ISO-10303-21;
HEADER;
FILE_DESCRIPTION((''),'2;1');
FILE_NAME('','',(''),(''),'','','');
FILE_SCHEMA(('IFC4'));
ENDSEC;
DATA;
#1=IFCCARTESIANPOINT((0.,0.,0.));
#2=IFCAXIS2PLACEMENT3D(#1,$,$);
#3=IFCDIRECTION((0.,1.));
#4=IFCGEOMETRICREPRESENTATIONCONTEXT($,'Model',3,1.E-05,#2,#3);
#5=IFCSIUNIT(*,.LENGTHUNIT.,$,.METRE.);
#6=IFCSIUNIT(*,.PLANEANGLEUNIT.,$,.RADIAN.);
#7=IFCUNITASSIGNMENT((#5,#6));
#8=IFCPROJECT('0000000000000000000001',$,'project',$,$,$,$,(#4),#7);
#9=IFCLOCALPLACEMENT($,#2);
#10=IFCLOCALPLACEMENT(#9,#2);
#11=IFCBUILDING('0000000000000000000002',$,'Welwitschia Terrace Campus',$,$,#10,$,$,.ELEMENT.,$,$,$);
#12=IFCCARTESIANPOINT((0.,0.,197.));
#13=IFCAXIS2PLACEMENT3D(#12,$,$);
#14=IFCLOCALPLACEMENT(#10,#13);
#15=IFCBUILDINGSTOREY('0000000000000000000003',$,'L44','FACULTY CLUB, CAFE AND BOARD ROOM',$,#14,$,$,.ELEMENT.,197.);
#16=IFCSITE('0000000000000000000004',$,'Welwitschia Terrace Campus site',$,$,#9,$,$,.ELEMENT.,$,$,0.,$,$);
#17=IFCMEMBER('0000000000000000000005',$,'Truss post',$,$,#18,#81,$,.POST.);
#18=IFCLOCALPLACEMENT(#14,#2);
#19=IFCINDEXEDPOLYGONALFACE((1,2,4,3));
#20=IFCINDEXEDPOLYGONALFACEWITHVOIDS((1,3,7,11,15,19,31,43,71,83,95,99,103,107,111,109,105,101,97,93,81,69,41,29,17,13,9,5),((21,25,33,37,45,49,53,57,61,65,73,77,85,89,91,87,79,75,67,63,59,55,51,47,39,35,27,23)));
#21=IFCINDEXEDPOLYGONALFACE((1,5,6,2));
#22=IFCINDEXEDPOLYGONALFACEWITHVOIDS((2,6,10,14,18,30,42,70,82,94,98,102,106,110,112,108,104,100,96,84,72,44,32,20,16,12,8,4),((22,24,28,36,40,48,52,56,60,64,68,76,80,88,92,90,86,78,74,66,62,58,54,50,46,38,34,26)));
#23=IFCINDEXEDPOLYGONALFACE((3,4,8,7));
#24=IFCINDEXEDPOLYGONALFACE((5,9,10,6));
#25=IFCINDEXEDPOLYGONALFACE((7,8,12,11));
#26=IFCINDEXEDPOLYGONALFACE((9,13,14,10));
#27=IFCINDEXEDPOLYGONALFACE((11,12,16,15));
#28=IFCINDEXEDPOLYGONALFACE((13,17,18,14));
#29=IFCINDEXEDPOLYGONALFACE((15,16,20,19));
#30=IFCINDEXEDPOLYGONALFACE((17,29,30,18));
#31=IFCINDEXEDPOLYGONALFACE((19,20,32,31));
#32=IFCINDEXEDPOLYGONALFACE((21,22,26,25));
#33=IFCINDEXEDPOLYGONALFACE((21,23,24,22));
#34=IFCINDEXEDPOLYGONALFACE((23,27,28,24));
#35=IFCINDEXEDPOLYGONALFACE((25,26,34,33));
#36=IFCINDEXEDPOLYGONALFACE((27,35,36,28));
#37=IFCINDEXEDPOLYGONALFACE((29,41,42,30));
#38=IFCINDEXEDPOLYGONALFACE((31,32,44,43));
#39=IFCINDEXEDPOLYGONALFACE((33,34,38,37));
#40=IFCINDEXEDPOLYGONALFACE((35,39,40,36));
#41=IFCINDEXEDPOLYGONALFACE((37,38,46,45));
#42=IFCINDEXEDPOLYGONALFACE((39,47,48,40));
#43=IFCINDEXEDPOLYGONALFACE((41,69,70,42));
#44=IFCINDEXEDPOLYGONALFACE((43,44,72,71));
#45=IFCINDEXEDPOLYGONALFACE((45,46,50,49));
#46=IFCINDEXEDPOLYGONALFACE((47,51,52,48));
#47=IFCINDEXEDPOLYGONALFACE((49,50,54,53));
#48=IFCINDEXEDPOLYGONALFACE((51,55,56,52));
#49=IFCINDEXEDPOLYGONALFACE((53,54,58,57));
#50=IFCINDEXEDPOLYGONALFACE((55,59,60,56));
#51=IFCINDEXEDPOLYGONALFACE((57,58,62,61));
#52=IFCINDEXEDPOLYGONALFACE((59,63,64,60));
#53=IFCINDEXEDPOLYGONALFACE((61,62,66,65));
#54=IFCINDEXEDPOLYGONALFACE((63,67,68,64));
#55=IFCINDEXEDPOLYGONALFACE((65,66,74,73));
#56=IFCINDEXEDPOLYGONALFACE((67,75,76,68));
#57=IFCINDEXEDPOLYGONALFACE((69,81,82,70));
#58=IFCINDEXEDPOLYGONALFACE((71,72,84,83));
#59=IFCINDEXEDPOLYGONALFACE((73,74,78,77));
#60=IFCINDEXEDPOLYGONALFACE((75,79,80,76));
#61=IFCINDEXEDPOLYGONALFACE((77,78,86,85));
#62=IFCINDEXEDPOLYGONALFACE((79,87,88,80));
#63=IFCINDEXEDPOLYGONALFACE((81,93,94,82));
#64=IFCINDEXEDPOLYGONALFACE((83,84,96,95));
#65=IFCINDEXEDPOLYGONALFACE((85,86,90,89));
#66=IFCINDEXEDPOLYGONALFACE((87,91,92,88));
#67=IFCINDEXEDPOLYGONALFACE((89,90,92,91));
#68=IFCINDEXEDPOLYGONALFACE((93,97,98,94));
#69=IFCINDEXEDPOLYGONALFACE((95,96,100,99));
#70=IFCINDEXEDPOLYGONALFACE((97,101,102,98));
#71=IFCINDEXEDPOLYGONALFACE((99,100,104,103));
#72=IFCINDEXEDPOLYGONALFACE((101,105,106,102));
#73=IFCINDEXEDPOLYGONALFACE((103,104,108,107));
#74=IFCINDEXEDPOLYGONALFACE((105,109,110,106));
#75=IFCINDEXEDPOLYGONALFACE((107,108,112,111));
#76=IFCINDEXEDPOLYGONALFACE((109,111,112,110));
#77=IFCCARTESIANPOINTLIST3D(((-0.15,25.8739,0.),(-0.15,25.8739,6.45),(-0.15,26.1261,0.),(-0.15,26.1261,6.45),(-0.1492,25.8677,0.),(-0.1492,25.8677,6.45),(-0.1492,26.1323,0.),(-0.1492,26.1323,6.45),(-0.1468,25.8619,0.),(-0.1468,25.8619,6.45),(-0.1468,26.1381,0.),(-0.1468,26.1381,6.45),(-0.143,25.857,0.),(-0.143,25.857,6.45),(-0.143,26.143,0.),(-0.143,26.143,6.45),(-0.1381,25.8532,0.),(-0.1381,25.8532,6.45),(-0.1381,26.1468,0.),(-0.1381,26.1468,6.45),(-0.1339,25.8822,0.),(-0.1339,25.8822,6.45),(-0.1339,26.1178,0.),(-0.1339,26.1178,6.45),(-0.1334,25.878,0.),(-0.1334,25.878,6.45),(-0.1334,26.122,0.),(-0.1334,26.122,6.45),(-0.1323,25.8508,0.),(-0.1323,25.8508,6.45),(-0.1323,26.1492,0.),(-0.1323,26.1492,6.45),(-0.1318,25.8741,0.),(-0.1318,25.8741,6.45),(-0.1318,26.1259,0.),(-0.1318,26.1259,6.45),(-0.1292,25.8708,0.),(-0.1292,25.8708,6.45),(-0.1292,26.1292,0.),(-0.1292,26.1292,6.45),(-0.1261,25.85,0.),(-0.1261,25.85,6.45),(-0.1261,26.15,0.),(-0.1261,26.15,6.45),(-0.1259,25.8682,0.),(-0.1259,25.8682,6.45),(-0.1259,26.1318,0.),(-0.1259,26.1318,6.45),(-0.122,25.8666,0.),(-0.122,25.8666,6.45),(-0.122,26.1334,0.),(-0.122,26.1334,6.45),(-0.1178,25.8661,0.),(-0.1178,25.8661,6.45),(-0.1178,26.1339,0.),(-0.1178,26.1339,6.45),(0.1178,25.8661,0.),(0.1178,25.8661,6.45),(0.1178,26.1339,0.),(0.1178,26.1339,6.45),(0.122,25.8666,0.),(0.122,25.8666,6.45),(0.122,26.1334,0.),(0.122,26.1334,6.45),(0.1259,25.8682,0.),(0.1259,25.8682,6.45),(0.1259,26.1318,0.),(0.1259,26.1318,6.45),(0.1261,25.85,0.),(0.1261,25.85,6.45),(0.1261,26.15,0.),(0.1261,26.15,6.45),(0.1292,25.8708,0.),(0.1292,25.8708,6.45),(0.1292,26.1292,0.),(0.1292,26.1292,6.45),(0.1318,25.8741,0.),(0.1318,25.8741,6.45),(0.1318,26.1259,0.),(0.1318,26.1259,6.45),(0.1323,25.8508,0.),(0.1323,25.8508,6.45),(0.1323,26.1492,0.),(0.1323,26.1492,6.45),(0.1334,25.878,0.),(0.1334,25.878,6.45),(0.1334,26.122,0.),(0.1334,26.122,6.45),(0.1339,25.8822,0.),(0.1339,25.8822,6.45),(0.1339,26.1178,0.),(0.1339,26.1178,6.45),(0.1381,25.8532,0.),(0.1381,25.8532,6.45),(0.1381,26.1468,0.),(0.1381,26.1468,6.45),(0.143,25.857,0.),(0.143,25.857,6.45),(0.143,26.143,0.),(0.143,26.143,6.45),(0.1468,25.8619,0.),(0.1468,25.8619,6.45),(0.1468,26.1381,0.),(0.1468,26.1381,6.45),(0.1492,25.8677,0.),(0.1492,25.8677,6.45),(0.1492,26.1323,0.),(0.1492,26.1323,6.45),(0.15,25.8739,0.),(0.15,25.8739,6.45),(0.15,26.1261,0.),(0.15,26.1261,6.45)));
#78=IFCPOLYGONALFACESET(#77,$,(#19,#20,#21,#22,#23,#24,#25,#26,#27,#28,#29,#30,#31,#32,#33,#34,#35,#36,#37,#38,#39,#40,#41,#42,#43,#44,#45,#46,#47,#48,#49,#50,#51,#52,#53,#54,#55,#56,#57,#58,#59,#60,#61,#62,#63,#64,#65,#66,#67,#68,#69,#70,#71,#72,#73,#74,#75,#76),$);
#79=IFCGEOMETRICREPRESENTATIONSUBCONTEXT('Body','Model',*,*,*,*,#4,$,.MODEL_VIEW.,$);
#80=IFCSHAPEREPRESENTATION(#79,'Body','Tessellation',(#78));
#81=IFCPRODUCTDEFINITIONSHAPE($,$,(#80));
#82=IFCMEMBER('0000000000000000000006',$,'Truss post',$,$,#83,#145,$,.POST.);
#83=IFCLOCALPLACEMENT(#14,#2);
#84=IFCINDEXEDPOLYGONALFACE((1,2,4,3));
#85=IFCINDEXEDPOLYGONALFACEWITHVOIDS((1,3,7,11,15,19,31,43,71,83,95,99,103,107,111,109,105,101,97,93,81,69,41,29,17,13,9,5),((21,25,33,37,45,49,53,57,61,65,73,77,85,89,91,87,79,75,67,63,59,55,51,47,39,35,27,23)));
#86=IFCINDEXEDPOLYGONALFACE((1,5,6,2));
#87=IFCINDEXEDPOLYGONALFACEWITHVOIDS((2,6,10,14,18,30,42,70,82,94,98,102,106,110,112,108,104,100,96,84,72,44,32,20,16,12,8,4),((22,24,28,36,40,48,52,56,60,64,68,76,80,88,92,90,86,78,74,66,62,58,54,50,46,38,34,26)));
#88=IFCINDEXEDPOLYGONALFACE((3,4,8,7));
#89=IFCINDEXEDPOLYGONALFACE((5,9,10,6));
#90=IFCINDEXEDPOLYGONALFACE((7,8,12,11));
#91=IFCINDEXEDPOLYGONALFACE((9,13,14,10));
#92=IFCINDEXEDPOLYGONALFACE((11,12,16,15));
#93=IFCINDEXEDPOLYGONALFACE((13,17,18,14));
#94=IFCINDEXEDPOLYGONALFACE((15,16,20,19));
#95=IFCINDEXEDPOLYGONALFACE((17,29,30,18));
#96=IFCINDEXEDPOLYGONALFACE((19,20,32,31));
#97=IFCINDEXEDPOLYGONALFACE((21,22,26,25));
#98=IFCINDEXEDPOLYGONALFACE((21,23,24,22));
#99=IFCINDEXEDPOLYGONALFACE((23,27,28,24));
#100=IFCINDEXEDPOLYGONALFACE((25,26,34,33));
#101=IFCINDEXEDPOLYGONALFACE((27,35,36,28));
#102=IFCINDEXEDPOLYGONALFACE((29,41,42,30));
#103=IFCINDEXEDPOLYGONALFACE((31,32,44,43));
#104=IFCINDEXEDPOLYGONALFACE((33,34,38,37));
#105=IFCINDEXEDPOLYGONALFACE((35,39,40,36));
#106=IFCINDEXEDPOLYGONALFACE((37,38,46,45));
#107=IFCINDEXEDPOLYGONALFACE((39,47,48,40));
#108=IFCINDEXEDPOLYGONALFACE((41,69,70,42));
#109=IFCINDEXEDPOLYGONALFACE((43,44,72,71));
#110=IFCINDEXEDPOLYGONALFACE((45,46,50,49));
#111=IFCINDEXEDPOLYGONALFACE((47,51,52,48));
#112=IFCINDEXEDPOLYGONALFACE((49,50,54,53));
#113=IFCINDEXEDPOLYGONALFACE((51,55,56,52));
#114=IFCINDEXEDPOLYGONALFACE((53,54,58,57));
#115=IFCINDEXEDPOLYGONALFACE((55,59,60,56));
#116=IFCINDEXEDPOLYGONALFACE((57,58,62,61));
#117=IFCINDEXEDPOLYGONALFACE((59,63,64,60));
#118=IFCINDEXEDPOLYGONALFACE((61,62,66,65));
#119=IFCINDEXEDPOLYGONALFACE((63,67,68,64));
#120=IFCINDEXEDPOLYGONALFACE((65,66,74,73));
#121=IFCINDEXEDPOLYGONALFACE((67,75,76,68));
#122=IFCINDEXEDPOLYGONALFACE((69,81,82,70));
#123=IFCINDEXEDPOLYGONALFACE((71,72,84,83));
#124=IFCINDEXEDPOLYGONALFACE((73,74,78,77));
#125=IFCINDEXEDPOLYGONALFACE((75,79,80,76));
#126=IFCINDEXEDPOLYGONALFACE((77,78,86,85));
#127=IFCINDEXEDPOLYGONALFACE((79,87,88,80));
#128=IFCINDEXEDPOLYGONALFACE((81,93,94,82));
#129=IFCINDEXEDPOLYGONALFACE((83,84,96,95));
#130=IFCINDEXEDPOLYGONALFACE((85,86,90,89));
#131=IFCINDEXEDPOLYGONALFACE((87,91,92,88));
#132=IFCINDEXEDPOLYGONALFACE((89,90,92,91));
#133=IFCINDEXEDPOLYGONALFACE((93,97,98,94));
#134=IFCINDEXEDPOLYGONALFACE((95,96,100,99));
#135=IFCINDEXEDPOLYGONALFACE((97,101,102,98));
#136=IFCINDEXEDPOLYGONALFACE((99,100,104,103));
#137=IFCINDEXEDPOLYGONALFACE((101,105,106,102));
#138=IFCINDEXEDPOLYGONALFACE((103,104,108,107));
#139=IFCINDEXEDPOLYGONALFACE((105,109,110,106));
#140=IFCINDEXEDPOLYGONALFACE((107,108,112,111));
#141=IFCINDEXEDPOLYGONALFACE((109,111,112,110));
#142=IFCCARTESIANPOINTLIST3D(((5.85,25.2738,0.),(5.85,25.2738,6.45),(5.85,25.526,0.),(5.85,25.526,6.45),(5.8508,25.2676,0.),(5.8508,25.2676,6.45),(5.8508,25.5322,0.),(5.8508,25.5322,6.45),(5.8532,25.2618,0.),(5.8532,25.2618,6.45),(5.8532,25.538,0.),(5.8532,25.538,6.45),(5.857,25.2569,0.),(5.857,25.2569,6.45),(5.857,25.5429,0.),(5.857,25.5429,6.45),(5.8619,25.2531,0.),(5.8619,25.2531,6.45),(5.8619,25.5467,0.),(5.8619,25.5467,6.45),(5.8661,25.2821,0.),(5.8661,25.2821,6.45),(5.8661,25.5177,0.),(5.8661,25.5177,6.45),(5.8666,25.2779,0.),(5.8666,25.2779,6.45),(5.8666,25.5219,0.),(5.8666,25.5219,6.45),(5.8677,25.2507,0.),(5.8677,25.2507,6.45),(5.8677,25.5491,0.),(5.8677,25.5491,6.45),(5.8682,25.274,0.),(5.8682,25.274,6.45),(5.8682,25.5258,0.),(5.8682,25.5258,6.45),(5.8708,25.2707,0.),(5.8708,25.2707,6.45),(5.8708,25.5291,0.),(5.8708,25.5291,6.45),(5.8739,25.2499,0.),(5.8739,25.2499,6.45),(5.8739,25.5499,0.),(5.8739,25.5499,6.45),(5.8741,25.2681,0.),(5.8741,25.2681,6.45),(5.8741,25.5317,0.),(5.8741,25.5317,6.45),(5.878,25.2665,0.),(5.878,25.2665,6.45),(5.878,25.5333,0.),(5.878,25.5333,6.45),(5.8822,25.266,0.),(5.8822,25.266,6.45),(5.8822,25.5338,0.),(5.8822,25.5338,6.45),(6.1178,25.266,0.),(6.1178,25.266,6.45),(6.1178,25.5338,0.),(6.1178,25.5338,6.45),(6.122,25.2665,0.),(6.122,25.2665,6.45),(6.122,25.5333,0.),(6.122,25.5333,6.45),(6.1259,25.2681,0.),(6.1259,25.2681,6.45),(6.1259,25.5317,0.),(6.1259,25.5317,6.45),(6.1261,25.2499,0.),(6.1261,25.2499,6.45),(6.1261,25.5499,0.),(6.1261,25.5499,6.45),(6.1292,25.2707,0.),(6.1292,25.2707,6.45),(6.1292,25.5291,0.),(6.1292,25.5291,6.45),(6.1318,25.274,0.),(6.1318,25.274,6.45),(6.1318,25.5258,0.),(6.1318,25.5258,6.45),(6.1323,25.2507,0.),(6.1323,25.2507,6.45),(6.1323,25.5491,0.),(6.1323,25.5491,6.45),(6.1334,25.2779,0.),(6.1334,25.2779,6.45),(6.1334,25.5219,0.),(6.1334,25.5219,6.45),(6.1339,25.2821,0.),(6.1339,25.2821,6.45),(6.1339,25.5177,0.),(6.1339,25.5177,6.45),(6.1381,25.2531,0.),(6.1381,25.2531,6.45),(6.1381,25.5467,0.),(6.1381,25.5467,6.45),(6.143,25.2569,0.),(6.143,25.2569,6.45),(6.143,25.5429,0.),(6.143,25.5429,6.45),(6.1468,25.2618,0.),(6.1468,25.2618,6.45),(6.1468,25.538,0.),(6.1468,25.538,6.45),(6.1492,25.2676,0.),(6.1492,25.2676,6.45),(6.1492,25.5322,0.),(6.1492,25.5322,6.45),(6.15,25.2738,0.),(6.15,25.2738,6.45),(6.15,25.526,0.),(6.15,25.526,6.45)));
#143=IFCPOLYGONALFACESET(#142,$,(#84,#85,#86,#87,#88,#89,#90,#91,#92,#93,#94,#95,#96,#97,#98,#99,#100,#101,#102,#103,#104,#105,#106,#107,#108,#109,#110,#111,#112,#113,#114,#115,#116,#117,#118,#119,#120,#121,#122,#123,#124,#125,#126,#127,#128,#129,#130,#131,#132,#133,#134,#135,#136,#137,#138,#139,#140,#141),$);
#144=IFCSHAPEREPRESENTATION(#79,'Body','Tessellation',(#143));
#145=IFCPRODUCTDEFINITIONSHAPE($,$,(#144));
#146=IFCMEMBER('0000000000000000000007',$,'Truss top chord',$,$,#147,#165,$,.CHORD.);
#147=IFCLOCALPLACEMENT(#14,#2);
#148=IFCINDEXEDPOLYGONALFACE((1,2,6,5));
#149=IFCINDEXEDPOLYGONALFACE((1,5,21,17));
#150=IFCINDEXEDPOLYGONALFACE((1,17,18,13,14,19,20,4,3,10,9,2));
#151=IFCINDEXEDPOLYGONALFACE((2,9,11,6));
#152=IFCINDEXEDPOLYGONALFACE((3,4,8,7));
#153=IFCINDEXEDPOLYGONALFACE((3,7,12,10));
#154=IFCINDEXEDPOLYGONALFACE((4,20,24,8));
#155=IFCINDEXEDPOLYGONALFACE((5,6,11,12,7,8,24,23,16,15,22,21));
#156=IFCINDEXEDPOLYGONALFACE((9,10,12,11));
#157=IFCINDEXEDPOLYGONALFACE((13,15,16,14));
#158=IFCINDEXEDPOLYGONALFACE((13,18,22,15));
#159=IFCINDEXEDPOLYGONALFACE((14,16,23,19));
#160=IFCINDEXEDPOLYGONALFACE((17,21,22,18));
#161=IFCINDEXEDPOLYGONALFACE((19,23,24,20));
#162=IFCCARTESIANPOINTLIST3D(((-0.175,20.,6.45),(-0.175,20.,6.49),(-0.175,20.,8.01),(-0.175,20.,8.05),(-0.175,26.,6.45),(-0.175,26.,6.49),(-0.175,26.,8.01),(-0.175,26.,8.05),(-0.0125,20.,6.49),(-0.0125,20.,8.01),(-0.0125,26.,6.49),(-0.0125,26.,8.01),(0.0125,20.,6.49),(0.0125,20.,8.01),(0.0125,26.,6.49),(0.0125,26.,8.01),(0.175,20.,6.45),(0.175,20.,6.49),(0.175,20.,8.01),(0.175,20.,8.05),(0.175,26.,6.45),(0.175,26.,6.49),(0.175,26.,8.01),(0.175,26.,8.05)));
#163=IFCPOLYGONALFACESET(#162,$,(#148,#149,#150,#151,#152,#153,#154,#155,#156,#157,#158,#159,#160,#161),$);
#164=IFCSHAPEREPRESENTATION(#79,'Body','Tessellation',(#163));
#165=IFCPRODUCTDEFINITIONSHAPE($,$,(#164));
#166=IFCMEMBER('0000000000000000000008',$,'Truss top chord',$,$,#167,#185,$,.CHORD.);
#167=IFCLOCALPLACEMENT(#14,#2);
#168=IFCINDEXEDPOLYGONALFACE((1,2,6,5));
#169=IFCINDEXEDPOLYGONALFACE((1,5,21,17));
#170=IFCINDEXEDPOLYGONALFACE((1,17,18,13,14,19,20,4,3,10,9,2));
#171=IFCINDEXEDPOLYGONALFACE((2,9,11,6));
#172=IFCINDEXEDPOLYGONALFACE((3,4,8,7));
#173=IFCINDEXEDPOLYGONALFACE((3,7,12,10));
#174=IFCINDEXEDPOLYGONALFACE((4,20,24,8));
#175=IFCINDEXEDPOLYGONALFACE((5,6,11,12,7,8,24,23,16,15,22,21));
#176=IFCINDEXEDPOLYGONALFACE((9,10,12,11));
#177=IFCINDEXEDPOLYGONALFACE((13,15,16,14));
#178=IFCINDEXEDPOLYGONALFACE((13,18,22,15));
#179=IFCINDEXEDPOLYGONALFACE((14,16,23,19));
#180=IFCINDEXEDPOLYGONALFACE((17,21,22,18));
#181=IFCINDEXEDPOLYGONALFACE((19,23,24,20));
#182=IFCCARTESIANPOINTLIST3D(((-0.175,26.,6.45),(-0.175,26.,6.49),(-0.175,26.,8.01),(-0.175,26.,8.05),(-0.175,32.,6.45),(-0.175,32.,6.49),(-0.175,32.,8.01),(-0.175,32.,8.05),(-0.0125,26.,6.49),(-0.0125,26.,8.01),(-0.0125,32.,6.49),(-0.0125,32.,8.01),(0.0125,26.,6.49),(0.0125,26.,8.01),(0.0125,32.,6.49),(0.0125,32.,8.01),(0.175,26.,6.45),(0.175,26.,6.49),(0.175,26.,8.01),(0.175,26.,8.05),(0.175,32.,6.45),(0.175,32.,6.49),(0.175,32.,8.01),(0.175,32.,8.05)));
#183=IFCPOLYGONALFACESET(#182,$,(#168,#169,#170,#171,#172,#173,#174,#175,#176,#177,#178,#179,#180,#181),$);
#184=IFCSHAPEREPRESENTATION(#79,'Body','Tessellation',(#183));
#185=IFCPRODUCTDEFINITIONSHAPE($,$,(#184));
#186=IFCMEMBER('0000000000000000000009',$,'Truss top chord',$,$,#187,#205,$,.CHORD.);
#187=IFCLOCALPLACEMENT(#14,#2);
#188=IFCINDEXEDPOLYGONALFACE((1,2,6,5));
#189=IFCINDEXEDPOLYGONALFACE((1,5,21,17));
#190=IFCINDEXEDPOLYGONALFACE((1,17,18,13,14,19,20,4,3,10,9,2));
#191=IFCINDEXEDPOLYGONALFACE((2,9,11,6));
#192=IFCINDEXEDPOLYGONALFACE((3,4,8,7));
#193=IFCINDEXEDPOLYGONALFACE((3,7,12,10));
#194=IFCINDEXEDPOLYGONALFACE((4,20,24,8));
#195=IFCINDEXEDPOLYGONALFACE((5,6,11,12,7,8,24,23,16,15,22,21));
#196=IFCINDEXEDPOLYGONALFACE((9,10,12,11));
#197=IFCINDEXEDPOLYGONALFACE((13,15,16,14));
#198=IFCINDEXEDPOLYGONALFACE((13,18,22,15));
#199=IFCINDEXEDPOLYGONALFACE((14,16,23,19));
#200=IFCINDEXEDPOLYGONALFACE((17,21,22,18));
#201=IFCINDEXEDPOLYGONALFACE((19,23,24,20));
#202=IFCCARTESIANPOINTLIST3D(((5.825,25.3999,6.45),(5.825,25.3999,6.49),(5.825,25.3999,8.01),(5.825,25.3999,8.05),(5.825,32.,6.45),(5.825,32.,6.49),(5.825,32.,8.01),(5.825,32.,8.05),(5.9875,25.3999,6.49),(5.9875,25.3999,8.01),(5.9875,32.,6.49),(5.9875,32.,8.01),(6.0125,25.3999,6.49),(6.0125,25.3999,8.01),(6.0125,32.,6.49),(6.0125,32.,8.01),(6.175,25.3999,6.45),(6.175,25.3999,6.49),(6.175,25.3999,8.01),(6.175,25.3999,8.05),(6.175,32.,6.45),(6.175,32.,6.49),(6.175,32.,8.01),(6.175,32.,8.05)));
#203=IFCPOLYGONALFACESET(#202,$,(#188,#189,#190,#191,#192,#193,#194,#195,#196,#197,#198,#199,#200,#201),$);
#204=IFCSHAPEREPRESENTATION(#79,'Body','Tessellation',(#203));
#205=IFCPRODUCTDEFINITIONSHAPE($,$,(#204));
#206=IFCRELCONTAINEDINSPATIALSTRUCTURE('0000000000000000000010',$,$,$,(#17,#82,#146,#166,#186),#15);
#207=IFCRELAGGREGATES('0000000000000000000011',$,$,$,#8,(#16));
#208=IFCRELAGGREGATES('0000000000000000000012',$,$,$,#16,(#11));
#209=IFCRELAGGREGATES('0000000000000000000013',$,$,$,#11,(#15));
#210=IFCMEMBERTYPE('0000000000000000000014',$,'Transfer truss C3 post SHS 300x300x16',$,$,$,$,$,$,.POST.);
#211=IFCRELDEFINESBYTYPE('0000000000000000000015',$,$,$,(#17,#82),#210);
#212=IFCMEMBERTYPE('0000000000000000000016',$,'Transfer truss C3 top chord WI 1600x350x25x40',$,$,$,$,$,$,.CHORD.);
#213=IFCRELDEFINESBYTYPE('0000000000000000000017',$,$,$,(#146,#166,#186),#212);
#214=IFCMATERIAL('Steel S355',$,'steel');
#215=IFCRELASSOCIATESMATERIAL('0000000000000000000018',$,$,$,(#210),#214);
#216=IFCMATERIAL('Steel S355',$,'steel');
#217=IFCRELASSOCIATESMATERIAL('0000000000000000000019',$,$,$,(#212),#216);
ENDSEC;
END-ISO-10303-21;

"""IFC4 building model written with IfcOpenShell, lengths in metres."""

from ifc_helpers import new_model, si_unit, direction, frame, origin, origin_2d, place, context, subcontext, project, spatial, hollow_rectangle, i_section, extrude, material, material_profile, profile_set, type_object, element, save


model = new_model("IFC4")

# Units and contexts
model_context = context("Model", 3, precision=1e-05, world=origin(), true_north=direction((0.0, 1.0)))
body_context = subcontext(model_context, "Body", "Model", "MODEL_VIEW")
ifc_project = project(units=[si_unit("LENGTHUNIT", "METRE"), si_unit("PLANEANGLEUNIT", "RADIAN")], contexts=[model_context])

# Site, building, storey
site_placement = place(None, origin())
site = spatial("IfcSite", under=ifc_project, at=site_placement, Name="Welwitschia Terrace Campus site", CompositionType="ELEMENT", RefElevation=0.0)
building_placement = place(site_placement, origin())
building = spatial("IfcBuilding", under=site, at=building_placement, Name="Welwitschia Terrace Campus", CompositionType="ELEMENT")
storey_placement = place(building_placement, frame((0.0, 0.0, 197.0)))
storey = spatial("IfcBuildingStorey", under=building, at=storey_placement, Name="L44", Description="FACULTY CLUB, CAFE AND BOARD ROOM", CompositionType="ELEMENT", Elevation=197.0)

# Members
ifc_material_1 = material(Name="Steel S355", Category="steel")
ifc_material_profile_1 = material_profile(ifc_material_1, hollow_rectangle(XDim=0.3, YDim=0.3, WallThickness=0.0161, InnerFilletRadius=0.0161, OuterFilletRadius=0.0239, at=origin_2d()))
ifc_profile_set_1 = profile_set([ifc_material_profile_1], Name="Steel S355")
member_type_1 = type_object("IfcMemberType", Name="Transfer truss C3 post SHS 300x300x16", PredefinedType="POST", material=ifc_profile_set_1)
for number, where, z_axis, x_axis, name in (
    (1, (0.0, 26.0, 0.0), (0.0, 0.0, 1.0), (1.0, 0.0, 0.0), "Truss post"),
    (2, (6.0, 25.3999, 0.0), (0.0, 0.0, 1.0), (1.0, 0.0, 0.0), "Truss post"),
):
    element("IfcMember", number, at=place(storey_placement, frame(where, z_axis=z_axis, x_axis=x_axis)), inside=storey, type_object=member_type_1, Name=name, PredefinedType="POST", context=body_context, shape_type="SweptSolid", body=[
        extrude(hollow_rectangle(XDim=0.3, YDim=0.3, WallThickness=0.0161, InnerFilletRadius=0.0161, OuterFilletRadius=0.0239, at=origin_2d()), origin(), (0.0, 0.0, 1.0), 6.45),
    ])
ifc_material_2 = material(Name="Steel S355", Category="steel")
ifc_material_profile_2 = material_profile(ifc_material_2, i_section(OverallWidth=0.3501, OverallDepth=1.6001, WebThickness=0.0249, FlangeThickness=0.04, at=origin_2d()))
ifc_profile_set_2 = profile_set([ifc_material_profile_2], Name="Steel S355")
member_type_2 = type_object("IfcMemberType", Name="Transfer truss C3 top chord WI 1600x350x25x40", PredefinedType="CHORD", material=ifc_profile_set_2)
for number, where, z_axis, x_axis, name in (
    (3, (0.0, 20.0, 7.25), (0.0, 1.0, 0.0), (-1.0, 0.0, 0.0), "Truss top chord"),
    (4, (0.0, 26.0, 7.25), (0.0, 1.0, 0.0), (-1.0, 0.0, 0.0), "Truss top chord"),
):
    element("IfcMember", number, at=place(storey_placement, frame(where, z_axis=z_axis, x_axis=x_axis)), inside=storey, type_object=member_type_2, Name=name, PredefinedType="CHORD", context=body_context, shape_type="SweptSolid", body=[
        extrude(i_section(OverallWidth=0.3501, OverallDepth=1.6001, WebThickness=0.0249, FlangeThickness=0.04, at=origin_2d()), origin(), (0.0, 0.0, 1.0), 6.0),
    ])
member_1_placement = place(storey_placement, frame((6.0, 25.3999, 7.25), z_axis=(0.0, 1.0, 0.0), x_axis=(-1.0, 0.0, 0.0)))
element("IfcMember", 5, at=member_1_placement, inside=storey, type_object=member_type_2, Name="Truss top chord", PredefinedType="CHORD", context=body_context, shape_type="SweptSolid", body=[
    extrude(i_section(OverallWidth=0.3501, OverallDepth=1.6001, WebThickness=0.0249, FlangeThickness=0.04, at=origin_2d()), origin(), (0.0, 0.0, 1.0), 6.6001),
])

save(model, "model.ifc")
